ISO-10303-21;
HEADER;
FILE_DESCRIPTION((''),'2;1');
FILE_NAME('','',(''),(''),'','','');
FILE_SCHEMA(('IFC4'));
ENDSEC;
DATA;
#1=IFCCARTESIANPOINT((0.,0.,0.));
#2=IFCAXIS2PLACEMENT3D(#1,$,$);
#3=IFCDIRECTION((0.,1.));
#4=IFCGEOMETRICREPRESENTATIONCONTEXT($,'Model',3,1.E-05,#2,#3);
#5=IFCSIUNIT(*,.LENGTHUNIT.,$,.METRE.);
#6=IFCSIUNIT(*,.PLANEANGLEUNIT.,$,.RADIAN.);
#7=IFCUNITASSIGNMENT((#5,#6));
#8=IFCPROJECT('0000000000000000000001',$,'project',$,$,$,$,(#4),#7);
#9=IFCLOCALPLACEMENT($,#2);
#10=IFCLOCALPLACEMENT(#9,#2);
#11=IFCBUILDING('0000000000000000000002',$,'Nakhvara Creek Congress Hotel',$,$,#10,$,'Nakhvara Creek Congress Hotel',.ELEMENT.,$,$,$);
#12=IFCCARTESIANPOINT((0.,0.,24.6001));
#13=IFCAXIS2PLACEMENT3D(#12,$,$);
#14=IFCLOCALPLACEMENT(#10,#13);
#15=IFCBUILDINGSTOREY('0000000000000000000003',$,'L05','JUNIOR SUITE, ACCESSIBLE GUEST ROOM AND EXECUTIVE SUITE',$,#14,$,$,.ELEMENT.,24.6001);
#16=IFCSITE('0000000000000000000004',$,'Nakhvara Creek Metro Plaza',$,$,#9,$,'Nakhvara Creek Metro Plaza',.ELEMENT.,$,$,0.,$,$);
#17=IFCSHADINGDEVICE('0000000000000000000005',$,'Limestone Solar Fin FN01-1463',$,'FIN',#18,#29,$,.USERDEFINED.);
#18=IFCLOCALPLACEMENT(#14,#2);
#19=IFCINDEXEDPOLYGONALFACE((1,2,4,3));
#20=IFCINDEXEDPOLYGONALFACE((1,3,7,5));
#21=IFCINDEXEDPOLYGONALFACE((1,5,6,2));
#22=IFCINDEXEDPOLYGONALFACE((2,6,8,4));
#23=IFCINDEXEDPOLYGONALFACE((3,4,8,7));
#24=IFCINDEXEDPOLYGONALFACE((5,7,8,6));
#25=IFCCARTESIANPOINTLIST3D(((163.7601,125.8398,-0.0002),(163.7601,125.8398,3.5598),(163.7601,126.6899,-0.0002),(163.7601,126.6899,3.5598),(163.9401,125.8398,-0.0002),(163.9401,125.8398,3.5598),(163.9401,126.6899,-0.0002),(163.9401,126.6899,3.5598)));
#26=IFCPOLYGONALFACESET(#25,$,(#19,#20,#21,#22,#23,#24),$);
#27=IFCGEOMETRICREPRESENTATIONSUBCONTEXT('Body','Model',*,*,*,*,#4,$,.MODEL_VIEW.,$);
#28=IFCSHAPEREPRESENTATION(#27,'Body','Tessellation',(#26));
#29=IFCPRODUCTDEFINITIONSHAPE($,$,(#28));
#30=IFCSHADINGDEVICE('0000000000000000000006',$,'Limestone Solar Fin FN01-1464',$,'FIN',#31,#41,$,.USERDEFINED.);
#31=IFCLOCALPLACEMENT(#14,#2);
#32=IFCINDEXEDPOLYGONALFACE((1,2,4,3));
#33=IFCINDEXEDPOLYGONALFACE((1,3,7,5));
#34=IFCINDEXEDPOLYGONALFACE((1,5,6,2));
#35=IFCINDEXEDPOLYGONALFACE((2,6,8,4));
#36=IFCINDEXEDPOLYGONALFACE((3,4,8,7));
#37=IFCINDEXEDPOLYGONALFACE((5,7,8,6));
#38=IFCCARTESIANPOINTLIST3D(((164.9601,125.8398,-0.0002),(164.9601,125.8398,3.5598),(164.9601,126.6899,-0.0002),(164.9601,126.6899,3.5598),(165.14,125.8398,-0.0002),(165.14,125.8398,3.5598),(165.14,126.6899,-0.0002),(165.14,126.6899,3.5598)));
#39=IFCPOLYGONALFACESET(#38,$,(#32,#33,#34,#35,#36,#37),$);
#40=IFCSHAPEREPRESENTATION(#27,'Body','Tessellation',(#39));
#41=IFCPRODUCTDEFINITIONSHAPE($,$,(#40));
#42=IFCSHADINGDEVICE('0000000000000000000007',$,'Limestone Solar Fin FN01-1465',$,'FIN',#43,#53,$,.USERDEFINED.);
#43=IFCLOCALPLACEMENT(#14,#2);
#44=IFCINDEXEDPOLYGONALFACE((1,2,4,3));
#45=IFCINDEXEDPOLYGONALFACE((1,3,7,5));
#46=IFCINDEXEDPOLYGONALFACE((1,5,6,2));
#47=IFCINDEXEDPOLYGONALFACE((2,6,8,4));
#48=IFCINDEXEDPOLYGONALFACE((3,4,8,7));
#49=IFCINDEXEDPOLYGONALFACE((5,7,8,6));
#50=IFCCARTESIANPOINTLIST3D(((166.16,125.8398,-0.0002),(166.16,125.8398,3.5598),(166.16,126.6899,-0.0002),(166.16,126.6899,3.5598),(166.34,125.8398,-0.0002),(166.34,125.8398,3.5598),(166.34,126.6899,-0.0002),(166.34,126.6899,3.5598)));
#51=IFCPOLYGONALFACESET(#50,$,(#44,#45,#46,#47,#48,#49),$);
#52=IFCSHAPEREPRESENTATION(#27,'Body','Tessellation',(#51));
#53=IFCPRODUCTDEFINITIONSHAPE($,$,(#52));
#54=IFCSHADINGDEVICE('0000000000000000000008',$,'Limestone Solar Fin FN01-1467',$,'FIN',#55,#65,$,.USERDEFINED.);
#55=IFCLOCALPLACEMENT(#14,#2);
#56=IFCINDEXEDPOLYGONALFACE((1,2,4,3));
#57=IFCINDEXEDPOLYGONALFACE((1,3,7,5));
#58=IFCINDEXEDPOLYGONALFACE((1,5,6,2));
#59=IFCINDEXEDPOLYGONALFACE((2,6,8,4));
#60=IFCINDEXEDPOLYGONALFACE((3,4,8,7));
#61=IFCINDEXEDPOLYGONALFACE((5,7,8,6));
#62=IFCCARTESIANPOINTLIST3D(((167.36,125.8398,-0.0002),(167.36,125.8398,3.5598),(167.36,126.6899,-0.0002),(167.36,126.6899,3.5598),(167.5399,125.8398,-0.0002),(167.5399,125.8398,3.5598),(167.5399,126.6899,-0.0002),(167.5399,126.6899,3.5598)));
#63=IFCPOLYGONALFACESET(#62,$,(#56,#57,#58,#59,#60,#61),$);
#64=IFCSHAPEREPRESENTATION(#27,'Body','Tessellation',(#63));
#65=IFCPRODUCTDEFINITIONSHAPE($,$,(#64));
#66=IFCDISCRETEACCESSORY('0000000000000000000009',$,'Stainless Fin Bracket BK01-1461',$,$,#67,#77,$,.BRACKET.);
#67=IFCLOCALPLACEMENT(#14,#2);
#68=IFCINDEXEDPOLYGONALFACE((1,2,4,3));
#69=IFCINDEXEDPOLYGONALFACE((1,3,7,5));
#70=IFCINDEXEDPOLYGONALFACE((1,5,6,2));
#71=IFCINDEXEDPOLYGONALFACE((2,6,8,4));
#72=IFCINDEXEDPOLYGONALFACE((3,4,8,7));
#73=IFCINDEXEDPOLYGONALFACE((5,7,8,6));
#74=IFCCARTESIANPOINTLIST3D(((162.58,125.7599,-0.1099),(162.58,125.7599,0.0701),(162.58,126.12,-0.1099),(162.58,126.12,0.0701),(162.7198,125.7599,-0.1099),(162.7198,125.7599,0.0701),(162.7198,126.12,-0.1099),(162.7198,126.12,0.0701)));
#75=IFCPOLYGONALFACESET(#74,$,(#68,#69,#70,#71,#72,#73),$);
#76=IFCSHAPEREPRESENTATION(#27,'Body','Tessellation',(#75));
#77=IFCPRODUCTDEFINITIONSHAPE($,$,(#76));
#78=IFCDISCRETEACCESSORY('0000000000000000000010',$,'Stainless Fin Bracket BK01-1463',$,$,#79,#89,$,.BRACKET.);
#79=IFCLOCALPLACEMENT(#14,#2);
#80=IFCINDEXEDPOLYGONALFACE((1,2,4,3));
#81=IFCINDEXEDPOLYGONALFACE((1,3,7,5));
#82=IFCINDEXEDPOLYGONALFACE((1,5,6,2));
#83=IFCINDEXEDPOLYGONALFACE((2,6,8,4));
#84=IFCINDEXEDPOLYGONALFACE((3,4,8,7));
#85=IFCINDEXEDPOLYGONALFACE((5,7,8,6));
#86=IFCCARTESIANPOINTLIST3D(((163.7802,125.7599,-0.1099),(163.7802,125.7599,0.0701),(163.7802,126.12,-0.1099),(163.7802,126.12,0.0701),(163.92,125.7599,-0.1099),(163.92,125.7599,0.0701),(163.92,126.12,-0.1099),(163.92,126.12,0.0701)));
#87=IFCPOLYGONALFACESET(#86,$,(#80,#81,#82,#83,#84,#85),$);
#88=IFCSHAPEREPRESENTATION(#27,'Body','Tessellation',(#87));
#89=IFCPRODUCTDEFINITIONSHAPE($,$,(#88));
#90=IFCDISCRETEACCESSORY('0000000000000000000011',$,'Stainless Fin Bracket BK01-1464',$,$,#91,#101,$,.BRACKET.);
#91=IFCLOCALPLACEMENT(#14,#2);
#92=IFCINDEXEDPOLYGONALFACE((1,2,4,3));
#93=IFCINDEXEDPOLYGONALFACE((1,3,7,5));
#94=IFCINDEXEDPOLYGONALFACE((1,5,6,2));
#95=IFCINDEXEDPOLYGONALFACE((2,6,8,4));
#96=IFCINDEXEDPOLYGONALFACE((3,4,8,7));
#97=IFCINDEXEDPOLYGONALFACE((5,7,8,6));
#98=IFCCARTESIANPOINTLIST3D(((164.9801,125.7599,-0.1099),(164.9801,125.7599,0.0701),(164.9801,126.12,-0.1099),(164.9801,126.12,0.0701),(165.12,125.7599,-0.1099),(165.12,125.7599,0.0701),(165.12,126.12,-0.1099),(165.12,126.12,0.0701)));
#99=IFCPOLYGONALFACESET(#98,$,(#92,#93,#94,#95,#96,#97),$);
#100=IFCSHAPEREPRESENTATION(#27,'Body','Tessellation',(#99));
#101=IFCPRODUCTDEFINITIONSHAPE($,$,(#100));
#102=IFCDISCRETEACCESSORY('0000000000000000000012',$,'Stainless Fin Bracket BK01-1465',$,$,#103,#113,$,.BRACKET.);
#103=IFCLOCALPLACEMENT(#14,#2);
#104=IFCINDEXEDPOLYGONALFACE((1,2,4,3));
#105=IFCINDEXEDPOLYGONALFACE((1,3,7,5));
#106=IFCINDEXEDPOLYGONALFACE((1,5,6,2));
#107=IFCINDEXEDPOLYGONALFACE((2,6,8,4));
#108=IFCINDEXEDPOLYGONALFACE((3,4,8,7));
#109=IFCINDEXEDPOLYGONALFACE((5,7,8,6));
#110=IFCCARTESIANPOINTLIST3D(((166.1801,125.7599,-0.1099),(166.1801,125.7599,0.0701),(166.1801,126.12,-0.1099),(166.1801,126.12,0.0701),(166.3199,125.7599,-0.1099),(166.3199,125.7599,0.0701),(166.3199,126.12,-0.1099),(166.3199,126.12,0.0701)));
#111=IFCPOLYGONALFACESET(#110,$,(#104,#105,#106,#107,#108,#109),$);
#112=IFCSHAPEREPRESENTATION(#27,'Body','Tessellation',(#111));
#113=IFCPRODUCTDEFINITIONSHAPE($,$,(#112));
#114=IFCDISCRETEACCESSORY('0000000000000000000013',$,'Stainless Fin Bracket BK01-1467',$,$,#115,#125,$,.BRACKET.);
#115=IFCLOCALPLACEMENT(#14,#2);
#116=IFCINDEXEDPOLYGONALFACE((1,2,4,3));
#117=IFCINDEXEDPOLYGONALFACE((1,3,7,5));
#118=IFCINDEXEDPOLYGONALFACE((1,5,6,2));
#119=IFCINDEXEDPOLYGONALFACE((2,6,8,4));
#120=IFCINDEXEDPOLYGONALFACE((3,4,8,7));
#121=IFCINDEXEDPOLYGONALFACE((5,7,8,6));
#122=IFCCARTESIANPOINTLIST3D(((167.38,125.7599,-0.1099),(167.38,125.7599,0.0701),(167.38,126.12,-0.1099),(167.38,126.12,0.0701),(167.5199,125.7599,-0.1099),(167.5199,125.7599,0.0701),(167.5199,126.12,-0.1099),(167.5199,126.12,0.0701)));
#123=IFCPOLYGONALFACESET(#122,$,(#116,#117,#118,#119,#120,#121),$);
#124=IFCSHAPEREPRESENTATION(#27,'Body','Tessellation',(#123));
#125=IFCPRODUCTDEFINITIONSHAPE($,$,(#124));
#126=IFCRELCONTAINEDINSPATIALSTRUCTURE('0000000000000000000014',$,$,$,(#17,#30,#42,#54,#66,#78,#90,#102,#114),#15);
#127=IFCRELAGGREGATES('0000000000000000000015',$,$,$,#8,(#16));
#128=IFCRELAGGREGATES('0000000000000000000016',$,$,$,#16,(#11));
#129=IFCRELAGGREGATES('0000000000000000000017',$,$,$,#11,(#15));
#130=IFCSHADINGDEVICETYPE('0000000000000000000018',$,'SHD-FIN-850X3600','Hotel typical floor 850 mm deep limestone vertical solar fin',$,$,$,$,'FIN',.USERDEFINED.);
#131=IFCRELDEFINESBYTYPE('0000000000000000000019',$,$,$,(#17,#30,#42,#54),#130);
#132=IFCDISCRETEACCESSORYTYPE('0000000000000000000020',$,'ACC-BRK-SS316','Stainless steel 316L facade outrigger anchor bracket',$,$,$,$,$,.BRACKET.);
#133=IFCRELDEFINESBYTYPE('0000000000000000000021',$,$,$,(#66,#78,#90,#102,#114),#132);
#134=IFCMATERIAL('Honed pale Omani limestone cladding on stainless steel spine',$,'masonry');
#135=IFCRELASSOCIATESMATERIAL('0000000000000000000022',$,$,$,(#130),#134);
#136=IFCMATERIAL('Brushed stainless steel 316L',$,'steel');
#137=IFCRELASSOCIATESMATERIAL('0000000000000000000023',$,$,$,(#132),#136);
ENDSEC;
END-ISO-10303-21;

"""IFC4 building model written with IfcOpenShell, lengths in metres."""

from ifc_helpers import new_model, si_unit, direction, frame, origin, origin_2d, place, context, subcontext, project, spatial, rectangle, extrude, material, type_object, element, save


model = new_model("IFC4")

# Units and contexts
model_context = context("Model", 3, precision=1e-05, world=origin(), true_north=direction((0.0, 1.0)))
body_context = subcontext(model_context, "Body", "Model", "MODEL_VIEW")
ifc_project = project(units=[si_unit("LENGTHUNIT", "METRE"), si_unit("PLANEANGLEUNIT", "RADIAN")], contexts=[model_context])

# Site, building, storey
site_placement = place(None, origin())
site = spatial("IfcSite", under=ifc_project, at=site_placement, Name="Nakhvara Creek Metro Plaza", LongName="Nakhvara Creek Metro Plaza", CompositionType="ELEMENT", RefElevation=0.0)
building_placement = place(site_placement, origin())
building = spatial("IfcBuilding", under=site, at=building_placement, Name="Nakhvara Creek Congress Hotel", LongName="Nakhvara Creek Congress Hotel", CompositionType="ELEMENT")
storey_placement = place(building_placement, frame((0.0, 0.0, 24.6001)))
storey = spatial("IfcBuildingStorey", under=building, at=storey_placement, Name="L05", Description="JUNIOR SUITE, ACCESSIBLE GUEST ROOM AND EXECUTIVE SUITE", CompositionType="ELEMENT", Elevation=24.6001)

# Shading devices
ifc_material_1 = material(Name="Honed pale Omani limestone cladding on stainless steel spine", Category="masonry")
shading_device_type = type_object("IfcShadingDeviceType", Name="SHD-FIN-850X3600", Description="Hotel typical floor 850 mm deep limestone vertical solar fin", ElementType="FIN", PredefinedType="USERDEFINED", material=ifc_material_1)
for number, where, z_axis, x_axis, name in (
    (1, (163.8501, 126.2649, -0.0002), (0.0, 0.0, 1.0), (1.0, 0.0, 0.0), "Limestone Solar Fin FN01-1463"),
    (2, (165.05, 126.2649, -0.0002), (0.0, 0.0, 1.0), (1.0, 0.0, 0.0), "Limestone Solar Fin FN01-1464"),
    (3, (166.25, 126.2649, -0.0002), (0.0, 0.0, 1.0), (1.0, 0.0, 0.0), "Limestone Solar Fin FN01-1465"),
    (4, (167.45, 126.2649, -0.0002), (0.0, 0.0, 1.0), (1.0, 0.0, 0.0), "Limestone Solar Fin FN01-1467"),
):
    element("IfcShadingDevice", number, at=place(storey_placement, frame(where, z_axis=z_axis, x_axis=x_axis)), inside=storey, type_object=shading_device_type, Name=name, ObjectType="FIN", PredefinedType="USERDEFINED", context=body_context, shape_type="SweptSolid", body=[
        extrude(rectangle(XDim=0.1799, YDim=0.8501, at=origin_2d()), origin(), (0.0, 0.0, 1.0), 3.5601),
    ])

# Discrete accessories
ifc_material_2 = material(Name="Brushed stainless steel 316L", Category="steel")
discrete_accessory_type = type_object("IfcDiscreteAccessoryType", Name="ACC-BRK-SS316", Description="Stainless steel 316L facade outrigger anchor bracket", PredefinedType="BRACKET", material=ifc_material_2)
for number, where, z_axis, x_axis, name in (
    (5, (162.6499, 125.9399, -0.1099), (0.0, 0.0, 1.0), (1.0, 0.0, 0.0), "Stainless Fin Bracket BK01-1461"),
    (6, (163.8501, 125.9399, -0.1099), (0.0, 0.0, 1.0), (1.0, 0.0, 0.0), "Stainless Fin Bracket BK01-1463"),
    (7, (165.05, 125.9399, -0.1099), (0.0, 0.0, 1.0), (1.0, 0.0, 0.0), "Stainless Fin Bracket BK01-1464"),
    (8, (166.25, 125.9399, -0.1099), (0.0, 0.0, 1.0), (1.0, 0.0, 0.0), "Stainless Fin Bracket BK01-1465"),
    (9, (167.45, 125.9399, -0.1099), (0.0, 0.0, 1.0), (1.0, 0.0, 0.0), "Stainless Fin Bracket BK01-1467"),
):
    element("IfcDiscreteAccessory", number, at=place(storey_placement, frame(where, z_axis=z_axis, x_axis=x_axis)), inside=storey, type_object=discrete_accessory_type, Name=name, PredefinedType="BRACKET", context=body_context, shape_type="SweptSolid", body=[
        extrude(rectangle(XDim=0.1399, YDim=0.3601, at=origin_2d()), origin(), (0.0, 0.0, 1.0), 0.1799),
    ])

save(model, "model.ifc")
